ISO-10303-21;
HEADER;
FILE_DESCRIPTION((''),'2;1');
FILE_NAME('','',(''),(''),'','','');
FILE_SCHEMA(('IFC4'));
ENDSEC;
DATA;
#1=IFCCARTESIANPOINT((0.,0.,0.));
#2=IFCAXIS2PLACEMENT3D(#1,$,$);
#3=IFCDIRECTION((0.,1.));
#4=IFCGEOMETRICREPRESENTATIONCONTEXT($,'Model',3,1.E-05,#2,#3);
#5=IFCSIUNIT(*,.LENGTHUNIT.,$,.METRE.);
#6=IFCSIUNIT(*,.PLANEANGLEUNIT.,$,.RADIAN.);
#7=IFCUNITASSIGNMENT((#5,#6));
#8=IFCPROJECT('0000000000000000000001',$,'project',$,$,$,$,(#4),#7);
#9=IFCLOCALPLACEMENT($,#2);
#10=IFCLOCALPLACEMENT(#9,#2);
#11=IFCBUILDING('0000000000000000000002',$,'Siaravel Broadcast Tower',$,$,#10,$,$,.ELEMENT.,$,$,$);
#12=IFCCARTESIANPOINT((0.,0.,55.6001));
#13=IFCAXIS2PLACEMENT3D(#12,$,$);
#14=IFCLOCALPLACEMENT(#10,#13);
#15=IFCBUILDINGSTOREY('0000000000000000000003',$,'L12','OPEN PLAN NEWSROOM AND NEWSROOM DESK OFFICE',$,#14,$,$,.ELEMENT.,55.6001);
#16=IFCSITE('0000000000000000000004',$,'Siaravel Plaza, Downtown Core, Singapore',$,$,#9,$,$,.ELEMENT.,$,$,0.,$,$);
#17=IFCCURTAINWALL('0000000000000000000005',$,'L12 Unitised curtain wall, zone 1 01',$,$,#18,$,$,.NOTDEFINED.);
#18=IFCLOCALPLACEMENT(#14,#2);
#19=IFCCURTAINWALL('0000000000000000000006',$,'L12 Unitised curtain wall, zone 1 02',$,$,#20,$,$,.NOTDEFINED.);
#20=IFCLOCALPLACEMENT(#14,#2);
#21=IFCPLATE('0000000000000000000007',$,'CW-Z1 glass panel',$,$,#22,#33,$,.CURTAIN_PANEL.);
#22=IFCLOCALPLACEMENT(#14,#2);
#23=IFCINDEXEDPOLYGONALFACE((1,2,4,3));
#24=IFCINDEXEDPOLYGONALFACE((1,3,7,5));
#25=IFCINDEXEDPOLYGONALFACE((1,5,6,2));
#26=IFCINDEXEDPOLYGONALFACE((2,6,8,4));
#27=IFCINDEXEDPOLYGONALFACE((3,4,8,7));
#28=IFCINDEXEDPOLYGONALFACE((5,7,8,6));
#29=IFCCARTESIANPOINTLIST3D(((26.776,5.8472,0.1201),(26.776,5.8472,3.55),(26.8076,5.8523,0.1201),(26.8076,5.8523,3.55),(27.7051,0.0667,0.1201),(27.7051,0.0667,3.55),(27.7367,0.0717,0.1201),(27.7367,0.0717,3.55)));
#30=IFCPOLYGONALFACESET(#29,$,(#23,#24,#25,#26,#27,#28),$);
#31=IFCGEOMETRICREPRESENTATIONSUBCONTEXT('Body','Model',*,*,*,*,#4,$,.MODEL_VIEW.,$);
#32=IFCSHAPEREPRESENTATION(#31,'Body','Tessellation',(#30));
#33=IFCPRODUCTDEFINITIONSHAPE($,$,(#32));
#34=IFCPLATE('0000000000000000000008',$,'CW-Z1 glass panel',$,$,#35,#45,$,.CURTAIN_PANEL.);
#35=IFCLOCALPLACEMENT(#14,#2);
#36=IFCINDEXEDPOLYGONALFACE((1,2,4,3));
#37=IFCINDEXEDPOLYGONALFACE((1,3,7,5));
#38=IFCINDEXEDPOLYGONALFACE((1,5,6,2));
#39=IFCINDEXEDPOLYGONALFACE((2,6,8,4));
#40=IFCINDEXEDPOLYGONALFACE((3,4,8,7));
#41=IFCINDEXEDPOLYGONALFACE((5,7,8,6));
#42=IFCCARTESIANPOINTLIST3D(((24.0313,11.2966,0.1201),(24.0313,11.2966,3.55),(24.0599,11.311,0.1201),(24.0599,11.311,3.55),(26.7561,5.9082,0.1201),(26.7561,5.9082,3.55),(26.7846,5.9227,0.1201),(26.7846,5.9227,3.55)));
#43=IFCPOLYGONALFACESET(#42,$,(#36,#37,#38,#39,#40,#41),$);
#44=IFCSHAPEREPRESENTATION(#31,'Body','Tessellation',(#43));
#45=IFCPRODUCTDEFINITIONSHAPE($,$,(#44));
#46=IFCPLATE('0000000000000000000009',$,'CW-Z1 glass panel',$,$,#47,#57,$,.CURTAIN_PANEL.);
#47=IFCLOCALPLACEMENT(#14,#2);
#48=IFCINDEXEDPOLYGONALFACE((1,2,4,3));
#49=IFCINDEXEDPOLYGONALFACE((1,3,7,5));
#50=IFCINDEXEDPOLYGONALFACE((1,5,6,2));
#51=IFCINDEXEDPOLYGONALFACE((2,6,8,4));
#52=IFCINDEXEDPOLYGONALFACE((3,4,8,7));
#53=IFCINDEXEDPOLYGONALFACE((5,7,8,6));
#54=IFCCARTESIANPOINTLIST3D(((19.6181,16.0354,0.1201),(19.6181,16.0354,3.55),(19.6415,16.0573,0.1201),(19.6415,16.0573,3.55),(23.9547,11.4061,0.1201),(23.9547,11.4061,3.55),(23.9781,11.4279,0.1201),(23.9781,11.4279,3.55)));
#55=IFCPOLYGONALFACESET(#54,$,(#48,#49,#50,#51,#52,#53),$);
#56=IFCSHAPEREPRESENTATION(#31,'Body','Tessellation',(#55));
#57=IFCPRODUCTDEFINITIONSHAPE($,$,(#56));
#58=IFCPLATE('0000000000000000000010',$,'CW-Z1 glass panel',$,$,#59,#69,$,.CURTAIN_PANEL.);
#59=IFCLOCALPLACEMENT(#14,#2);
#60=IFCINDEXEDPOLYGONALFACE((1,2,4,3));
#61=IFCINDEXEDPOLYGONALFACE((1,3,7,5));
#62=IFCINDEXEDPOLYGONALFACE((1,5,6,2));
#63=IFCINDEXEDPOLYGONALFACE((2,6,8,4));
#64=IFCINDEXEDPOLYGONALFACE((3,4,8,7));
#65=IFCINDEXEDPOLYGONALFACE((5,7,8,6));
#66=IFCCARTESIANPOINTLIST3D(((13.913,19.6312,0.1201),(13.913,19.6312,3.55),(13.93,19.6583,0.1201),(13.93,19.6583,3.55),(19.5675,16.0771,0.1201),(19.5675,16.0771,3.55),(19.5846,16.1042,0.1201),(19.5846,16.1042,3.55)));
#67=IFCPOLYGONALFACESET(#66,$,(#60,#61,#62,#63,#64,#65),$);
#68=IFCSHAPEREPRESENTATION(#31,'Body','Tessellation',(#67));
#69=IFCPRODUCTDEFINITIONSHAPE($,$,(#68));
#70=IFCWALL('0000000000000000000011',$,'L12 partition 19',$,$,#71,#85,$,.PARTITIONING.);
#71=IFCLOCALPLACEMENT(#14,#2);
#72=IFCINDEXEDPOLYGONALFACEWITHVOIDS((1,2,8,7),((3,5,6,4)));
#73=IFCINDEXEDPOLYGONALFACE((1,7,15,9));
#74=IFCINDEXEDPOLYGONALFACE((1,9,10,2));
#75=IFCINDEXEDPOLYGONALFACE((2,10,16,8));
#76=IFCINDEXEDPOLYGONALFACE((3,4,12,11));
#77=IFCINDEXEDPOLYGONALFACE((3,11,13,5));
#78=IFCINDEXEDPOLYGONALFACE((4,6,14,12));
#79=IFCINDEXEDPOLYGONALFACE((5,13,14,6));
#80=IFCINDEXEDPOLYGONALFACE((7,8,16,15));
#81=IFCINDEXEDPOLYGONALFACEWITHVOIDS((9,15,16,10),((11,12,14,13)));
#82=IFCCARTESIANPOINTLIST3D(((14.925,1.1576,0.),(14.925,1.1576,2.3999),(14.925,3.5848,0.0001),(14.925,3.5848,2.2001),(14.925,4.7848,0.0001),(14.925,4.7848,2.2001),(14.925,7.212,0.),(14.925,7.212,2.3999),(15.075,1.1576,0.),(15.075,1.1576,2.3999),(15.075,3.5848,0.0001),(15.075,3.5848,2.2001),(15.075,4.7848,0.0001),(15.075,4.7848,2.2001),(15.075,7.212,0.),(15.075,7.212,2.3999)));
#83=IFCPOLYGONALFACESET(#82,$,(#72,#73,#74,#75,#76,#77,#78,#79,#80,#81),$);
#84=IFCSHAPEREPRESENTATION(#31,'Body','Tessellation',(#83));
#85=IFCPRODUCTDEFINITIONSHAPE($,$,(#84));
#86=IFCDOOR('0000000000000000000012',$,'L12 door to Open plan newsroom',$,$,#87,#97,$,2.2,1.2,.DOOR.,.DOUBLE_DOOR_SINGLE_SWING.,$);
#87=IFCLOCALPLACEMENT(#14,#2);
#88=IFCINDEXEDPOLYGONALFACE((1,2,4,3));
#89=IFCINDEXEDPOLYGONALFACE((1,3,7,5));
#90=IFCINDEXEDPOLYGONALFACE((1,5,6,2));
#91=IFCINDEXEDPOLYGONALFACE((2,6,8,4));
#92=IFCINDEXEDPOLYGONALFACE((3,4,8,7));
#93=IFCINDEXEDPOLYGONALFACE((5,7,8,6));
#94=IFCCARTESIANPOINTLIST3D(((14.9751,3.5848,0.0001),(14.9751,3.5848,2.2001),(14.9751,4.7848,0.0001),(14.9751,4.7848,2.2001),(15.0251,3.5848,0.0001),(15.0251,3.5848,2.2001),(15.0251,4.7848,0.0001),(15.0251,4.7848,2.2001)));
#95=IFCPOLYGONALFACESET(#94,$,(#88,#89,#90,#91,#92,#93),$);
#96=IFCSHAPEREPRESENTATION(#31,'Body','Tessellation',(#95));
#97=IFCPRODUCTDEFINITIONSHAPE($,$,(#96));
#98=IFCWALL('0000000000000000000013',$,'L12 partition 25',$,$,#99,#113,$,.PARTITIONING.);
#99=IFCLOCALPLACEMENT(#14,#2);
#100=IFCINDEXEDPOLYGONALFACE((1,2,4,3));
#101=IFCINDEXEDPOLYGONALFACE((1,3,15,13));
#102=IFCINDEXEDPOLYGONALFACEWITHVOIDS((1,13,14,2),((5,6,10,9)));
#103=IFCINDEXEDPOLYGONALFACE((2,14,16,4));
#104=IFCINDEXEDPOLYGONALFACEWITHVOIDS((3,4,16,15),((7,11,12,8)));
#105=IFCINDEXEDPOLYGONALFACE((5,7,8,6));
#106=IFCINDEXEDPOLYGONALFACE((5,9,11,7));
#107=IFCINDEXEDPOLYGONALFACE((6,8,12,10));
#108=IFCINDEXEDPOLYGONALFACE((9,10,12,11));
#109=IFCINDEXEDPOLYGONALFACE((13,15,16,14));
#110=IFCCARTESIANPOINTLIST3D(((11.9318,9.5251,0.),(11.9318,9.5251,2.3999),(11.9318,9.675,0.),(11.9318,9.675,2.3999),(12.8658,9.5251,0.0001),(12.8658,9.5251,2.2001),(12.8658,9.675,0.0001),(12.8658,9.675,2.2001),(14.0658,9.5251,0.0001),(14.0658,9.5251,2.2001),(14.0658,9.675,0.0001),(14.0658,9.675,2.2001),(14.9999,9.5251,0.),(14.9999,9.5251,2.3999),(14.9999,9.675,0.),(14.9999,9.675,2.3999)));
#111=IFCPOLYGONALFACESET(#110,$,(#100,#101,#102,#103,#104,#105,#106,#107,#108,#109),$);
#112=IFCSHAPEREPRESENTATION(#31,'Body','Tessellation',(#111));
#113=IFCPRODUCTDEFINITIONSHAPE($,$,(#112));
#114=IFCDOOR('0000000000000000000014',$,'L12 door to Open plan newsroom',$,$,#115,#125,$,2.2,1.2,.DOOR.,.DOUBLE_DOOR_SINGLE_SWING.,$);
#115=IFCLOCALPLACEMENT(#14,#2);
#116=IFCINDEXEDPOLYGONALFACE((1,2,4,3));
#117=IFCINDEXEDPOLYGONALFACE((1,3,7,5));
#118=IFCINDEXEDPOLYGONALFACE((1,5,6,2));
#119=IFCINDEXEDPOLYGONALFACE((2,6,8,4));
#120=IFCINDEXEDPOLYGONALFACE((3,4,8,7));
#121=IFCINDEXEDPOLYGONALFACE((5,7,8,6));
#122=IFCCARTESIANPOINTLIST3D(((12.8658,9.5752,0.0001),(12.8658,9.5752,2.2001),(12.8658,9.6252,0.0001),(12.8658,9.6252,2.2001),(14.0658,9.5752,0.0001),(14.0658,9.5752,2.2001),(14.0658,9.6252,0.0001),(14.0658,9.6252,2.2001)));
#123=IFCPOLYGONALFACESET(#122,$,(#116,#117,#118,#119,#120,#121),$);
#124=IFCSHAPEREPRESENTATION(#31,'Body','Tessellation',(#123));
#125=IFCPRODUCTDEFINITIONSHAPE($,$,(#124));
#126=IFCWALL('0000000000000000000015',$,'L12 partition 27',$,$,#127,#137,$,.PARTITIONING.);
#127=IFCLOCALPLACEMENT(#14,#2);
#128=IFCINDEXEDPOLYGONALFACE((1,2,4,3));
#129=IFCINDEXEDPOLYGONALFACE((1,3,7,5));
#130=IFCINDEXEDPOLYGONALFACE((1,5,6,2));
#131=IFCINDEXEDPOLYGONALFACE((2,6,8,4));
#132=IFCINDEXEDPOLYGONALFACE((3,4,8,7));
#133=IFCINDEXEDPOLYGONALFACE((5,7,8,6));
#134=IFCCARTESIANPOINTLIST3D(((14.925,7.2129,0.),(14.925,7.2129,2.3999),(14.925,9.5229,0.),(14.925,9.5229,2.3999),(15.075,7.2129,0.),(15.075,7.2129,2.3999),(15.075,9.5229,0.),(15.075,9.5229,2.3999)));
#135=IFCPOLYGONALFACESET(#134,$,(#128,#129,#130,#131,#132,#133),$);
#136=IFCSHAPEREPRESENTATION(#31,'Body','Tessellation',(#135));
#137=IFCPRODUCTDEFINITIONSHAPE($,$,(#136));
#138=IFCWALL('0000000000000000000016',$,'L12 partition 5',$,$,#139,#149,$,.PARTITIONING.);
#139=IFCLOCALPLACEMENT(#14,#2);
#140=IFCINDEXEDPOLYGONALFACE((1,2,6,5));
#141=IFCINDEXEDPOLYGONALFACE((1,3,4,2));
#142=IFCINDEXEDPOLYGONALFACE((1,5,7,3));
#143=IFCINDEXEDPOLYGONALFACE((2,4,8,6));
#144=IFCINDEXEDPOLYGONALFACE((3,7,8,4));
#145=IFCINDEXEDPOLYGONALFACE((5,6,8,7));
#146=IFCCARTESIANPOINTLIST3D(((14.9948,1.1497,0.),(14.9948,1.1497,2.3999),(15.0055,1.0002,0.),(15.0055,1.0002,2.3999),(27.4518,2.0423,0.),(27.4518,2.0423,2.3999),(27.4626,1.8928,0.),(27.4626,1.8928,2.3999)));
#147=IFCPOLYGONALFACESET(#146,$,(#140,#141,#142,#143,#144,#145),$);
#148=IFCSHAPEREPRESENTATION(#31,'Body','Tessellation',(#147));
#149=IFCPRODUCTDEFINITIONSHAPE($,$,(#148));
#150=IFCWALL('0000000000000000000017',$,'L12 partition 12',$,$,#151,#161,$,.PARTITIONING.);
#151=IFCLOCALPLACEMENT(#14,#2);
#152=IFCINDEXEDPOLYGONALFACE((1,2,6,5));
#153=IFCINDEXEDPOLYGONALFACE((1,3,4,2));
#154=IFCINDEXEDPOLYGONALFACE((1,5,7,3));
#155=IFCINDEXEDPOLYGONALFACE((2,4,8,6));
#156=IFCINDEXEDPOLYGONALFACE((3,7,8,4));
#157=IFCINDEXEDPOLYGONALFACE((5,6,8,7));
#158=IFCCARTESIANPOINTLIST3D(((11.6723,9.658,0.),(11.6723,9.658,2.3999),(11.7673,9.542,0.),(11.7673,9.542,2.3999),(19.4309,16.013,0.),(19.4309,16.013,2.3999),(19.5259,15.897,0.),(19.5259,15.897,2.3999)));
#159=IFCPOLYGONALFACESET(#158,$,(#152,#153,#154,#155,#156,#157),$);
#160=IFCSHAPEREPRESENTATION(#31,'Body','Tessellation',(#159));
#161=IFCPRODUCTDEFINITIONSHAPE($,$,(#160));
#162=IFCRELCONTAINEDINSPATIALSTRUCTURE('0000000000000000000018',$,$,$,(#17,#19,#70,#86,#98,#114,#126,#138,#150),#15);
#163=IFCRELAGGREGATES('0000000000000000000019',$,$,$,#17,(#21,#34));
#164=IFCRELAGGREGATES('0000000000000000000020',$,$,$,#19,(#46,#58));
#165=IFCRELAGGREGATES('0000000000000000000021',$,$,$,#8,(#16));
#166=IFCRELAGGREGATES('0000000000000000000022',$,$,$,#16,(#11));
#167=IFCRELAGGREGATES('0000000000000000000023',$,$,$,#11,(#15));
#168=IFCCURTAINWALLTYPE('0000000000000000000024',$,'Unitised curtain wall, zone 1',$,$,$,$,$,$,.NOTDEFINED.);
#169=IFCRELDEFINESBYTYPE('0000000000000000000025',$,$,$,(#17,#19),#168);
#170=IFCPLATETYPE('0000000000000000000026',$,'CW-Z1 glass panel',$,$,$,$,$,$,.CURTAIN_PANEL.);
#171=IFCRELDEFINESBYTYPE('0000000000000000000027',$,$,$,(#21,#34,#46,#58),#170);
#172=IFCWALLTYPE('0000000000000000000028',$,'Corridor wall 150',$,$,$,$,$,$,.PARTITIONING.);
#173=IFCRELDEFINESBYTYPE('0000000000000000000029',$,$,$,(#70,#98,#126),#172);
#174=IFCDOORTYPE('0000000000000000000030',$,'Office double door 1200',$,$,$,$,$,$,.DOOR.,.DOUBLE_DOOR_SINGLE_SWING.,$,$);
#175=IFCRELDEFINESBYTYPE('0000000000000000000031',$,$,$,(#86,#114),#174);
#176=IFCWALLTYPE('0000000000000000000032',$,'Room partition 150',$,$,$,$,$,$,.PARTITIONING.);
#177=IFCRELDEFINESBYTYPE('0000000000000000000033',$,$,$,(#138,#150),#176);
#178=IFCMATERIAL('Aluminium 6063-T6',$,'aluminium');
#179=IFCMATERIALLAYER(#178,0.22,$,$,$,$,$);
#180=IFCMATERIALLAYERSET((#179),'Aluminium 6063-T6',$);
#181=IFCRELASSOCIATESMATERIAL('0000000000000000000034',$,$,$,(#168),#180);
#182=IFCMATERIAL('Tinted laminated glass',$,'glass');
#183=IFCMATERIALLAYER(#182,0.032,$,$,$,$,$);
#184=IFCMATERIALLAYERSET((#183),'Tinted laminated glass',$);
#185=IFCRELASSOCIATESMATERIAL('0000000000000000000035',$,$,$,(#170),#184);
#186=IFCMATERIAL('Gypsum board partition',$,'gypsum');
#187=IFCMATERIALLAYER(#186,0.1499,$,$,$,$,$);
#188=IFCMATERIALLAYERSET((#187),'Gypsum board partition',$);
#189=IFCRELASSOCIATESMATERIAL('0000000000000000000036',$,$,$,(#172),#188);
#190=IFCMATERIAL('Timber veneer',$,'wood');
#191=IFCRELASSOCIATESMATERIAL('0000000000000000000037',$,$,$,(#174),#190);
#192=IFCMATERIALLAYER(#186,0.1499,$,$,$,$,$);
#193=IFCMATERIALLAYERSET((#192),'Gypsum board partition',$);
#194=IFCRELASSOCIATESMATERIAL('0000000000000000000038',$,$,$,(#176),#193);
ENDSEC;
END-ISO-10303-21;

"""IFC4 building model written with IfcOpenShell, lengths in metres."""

from ifc_helpers import new_model, si_unit, direction, frame, frame_2d, origin, origin_2d, place, context, subcontext, project, spatial, rectangle, extrude, material, layer, layer_set, type_object, element, fill, aggregate, save


model = new_model("IFC4")

# Units and contexts
model_context = context("Model", 3, precision=1e-05, world=origin(), true_north=direction((0.0, 1.0)))
body_context = subcontext(model_context, "Body", "Model", "MODEL_VIEW")
ifc_project = project(units=[si_unit("LENGTHUNIT", "METRE"), si_unit("PLANEANGLEUNIT", "RADIAN")], contexts=[model_context])

# Site, building, storey
site_placement = place(None, origin())
site = spatial("IfcSite", under=ifc_project, at=site_placement, Name="Siaravel Plaza, Downtown Core, Singapore", CompositionType="ELEMENT", RefElevation=0.0)
building_placement = place(site_placement, origin())
building = spatial("IfcBuilding", under=site, at=building_placement, Name="Siaravel Broadcast Tower", CompositionType="ELEMENT")
storey_placement = place(building_placement, frame((0.0, 0.0, 55.6001)))
storey = spatial("IfcBuildingStorey", under=building, at=storey_placement, Name="L12", Description="OPEN PLAN NEWSROOM AND NEWSROOM DESK OFFICE", CompositionType="ELEMENT", Elevation=55.6001)

# Curtain walls
ifc_material_1 = material(Name="Aluminium 6063-T6", Category="aluminium")
ifc_layer_1 = layer(ifc_material_1, 0.22)
ifc_layer_set_1 = layer_set([ifc_layer_1], Name="Aluminium 6063-T6")
curtain_wall_type = type_object("IfcCurtainWallType", Name="Unitised curtain wall, zone 1", PredefinedType="NOTDEFINED", material=ifc_layer_set_1)
curtain_wall_1_placement = place(storey_placement, origin())
curtain_wall_1 = element("IfcCurtainWall", 1, at=curtain_wall_1_placement, inside=storey, type_object=curtain_wall_type, Name="L12 Unitised curtain wall, zone 1 01", PredefinedType="NOTDEFINED")
curtain_wall_2_placement = place(storey_placement, origin())
curtain_wall_2 = element("IfcCurtainWall", 2, at=curtain_wall_2_placement, inside=storey, type_object=curtain_wall_type, Name="L12 Unitised curtain wall, zone 1 02", PredefinedType="NOTDEFINED")

# Plates
ifc_material_2 = material(Name="Tinted laminated glass", Category="glass")
ifc_layer_2 = layer(ifc_material_2, 0.032)
ifc_layer_set_2 = layer_set([ifc_layer_2], Name="Tinted laminated glass")
plate_type = type_object("IfcPlateType", Name="CW-Z1 glass panel", PredefinedType="CURTAIN_PANEL", material=ifc_layer_set_2)
plate_1_placement = place(storey_placement, frame((27.2563, 2.9595, 0.1201), z_axis=(0.0, 0.0, 1.0), x_axis=(-0.158686, 0.987329, 0.0)))
plate_1 = element("IfcPlate", 3, at=plate_1_placement, type_object=plate_type, Name="CW-Z1 glass panel", PredefinedType="CURTAIN_PANEL", context=body_context, shape_type="SweptSolid", body=[
    extrude(rectangle(XDim=5.8547, YDim=0.032, at=origin_2d()), origin(), (0.0, 0.0, 1.0), 3.4299),
])
plate_2_placement = place(storey_placement, frame((25.408, 8.6096, 0.1201), z_axis=(0.0, 0.0, 1.0), x_axis=(-0.451261, 0.892392, 0.0)))
plate_2 = element("IfcPlate", 4, at=plate_2_placement, type_object=plate_type, Name="CW-Z1 glass panel", PredefinedType="CURTAIN_PANEL", context=body_context, shape_type="SweptSolid", body=[
    extrude(rectangle(XDim=6.0381, YDim=0.032, at=origin_2d()), origin(), (0.0, 0.0, 1.0), 3.4299),
])
aggregate(curtain_wall_1, [plate_1, plate_2])
plate_3_placement = place(storey_placement, frame((21.7981, 13.7317, 0.1201), z_axis=(0.0, 0.0, 1.0), x_axis=(-0.683655, 0.729805, 0.0)))
plate_3 = element("IfcPlate", 5, at=plate_3_placement, type_object=plate_type, Name="CW-Z1 glass panel", PredefinedType="CURTAIN_PANEL", context=body_context, shape_type="SweptSolid", body=[
    extrude(rectangle(XDim=6.3433, YDim=0.032, at=origin_2d()), origin(), (0.0, 0.0, 1.0), 3.4299),
])
plate_4_placement = place(storey_placement, frame((16.7488, 17.8677, 0.1201), z_axis=(0.0, 0.0, 1.0), x_axis=(-0.846651, 0.532149, 0.0)))
plate_4 = element("IfcPlate", 6, at=plate_4_placement, type_object=plate_type, Name="CW-Z1 glass panel", PredefinedType="CURTAIN_PANEL", context=body_context, shape_type="SweptSolid", body=[
    extrude(rectangle(XDim=6.6787, YDim=0.032, at=origin_2d()), origin(), (0.0, 0.0, 1.0), 3.4299),
])
aggregate(curtain_wall_2, [plate_3, plate_4])

# Walls, openings, doors
ifc_material_3 = material(Name="Gypsum board partition", Category="gypsum")
ifc_layer_3 = layer(ifc_material_3, 0.1499)
ifc_layer_set_3 = layer_set([ifc_layer_3], Name="Gypsum board partition")
wall_type_1 = type_object("IfcWallType", Name="Corridor wall 150", PredefinedType="PARTITIONING", material=ifc_layer_set_3)
wall_1_placement = place(storey_placement, frame((15.0, 1.1575, 0.0), z_axis=(0.0, 0.0, 1.0), x_axis=(0.0, 1.0, 0.0)))
wall_1 = element("IfcWall", 7, at=wall_1_placement, inside=storey, type_object=wall_type_1, Name="L12 partition 19", PredefinedType="PARTITIONING", context=body_context, shape_type="SweptSolid", body=[
    extrude(rectangle(XDim=6.0544, YDim=0.1499, at=frame_2d((3.0273, 0.0))), origin(), (0.0, 0.0, 1.0), 2.3999),
])
opening_1_placement = place(wall_1_placement, frame((2.4272, 0.0, 0.0)))
opening_1 = element("IfcOpeningElement", 8, at=opening_1_placement, cuts=wall_1, PredefinedType="OPENING", context=body_context, shape_type="SweptSolid", body=[
    extrude(rectangle(XDim=1.2, YDim=2.2, at=frame_2d((0.6001, 1.1001))), frame((0.0, 0.085, 0.0), z_axis=(0.0, -1.0, 0.0), x_axis=(1.0, 0.0, 0.0)), (0.0, 0.0, 1.0), 0.1699),
])
ifc_material_4 = material(Name="Timber veneer", Category="wood")
door_type = type_object("IfcDoorType", Name="Office double door 1200", OperationType="DOUBLE_DOOR_SINGLE_SWING", PredefinedType="DOOR", material=ifc_material_4)
door_1_placement = place(opening_1_placement, origin())
door_1 = element("IfcDoor", 9, at=door_1_placement, inside=storey, type_object=door_type, Name="L12 door to Open plan newsroom", OperationType="DOUBLE_DOOR_SINGLE_SWING", OverallHeight=2.2, OverallWidth=1.2, PredefinedType="DOOR", context=body_context, shape_type="SweptSolid", body=[
    extrude(rectangle(XDim=1.2, YDim=2.2, at=frame_2d((0.6001, 1.1001))), frame((0.0, 0.0249, 0.0), z_axis=(0.0, -1.0, 0.0), x_axis=(1.0, 0.0, 0.0)), (0.0, 0.0, 1.0), 0.05),
])
fill(opening_1, door_1)
wall_2_placement = place(storey_placement, frame((15.0, 9.6001, 0.0), z_axis=(0.0, 0.0, 1.0), x_axis=(-1.0, 0.0, 0.0)))
wall_2 = element("IfcWall", 10, at=wall_2_placement, inside=storey, type_object=wall_type_1, Name="L12 partition 25", PredefinedType="PARTITIONING", context=body_context, shape_type="SweptSolid", body=[
    extrude(rectangle(XDim=3.0681, YDim=0.1499, at=frame_2d((1.5342, 0.0))), origin(), (0.0, 0.0, 1.0), 2.3999),
])
opening_2_placement = place(wall_2_placement, frame((0.9341, 0.0, 0.0)))
opening_2 = element("IfcOpeningElement", 11, at=opening_2_placement, cuts=wall_2, PredefinedType="OPENING", context=body_context, shape_type="SweptSolid", body=[
    extrude(rectangle(XDim=1.2, YDim=2.2, at=frame_2d((0.6001, 1.1001))), frame((0.0, 0.085, 0.0), z_axis=(0.0, -1.0, 0.0), x_axis=(1.0, 0.0, 0.0)), (0.0, 0.0, 1.0), 0.1699),
])
door_2_placement = place(opening_2_placement, origin())
door_2 = element("IfcDoor", 12, at=door_2_placement, inside=storey, type_object=door_type, Name="L12 door to Open plan newsroom", OperationType="DOUBLE_DOOR_SINGLE_SWING", OverallHeight=2.2, OverallWidth=1.2, PredefinedType="DOOR", context=body_context, shape_type="SweptSolid", body=[
    extrude(rectangle(XDim=1.2, YDim=2.2, at=frame_2d((0.6001, 1.1001))), frame((0.0, 0.0249, 0.0), z_axis=(0.0, -1.0, 0.0), x_axis=(1.0, 0.0, 0.0)), (0.0, 0.0, 1.0), 0.05),
])
fill(opening_2, door_2)

# Walls
wall_3_placement = place(storey_placement, frame((15.0, 7.2129, 0.0), z_axis=(0.0, 0.0, 1.0), x_axis=(0.0, 1.0, 0.0)))
element("IfcWall", 13, at=wall_3_placement, inside=storey, type_object=wall_type_1, Name="L12 partition 27", PredefinedType="PARTITIONING", context=body_context, shape_type="SweptSolid", body=[
    extrude(rectangle(XDim=2.3101, YDim=0.1499, at=frame_2d((1.155, 0.0))), origin(), (0.0, 0.0, 1.0), 2.3999),
])
ifc_layer_4 = layer(ifc_material_3, 0.1499)
ifc_layer_set_4 = layer_set([ifc_layer_4], Name="Gypsum board partition")
wall_type_2 = type_object("IfcWallType", Name="Room partition 150", PredefinedType="PARTITIONING", material=ifc_layer_set_4)
wall_4_placement = place(storey_placement, frame((15.0, 1.075, 0.0), z_axis=(0.0, 0.0, 1.0), x_axis=(0.997443, 0.071469, 0.0)))
element("IfcWall", 14, at=wall_4_placement, inside=storey, type_object=wall_type_2, Name="L12 partition 5", PredefinedType="PARTITIONING", context=body_context, shape_type="SweptSolid", body=[
    extrude(rectangle(XDim=12.489, YDim=0.1499, at=frame_2d((6.2446, 0.0))), origin(), (0.0, 0.0, 1.0), 2.3999),
])
wall_5_placement = place(storey_placement, frame((19.4785, 15.9551, 0.0), z_axis=(0.0, 0.0, 1.0), x_axis=(-0.773611, -0.633661, 0.0)))
element("IfcWall", 15, at=wall_5_placement, inside=storey, type_object=wall_type_2, Name="L12 partition 12", PredefinedType="PARTITIONING", context=body_context, shape_type="SweptSolid", body=[
    extrude(rectangle(XDim=10.0291, YDim=0.1499, at=frame_2d((5.0146, 0.0))), origin(), (0.0, 0.0, 1.0), 2.3999),
])

save(model, "model.ifc")
